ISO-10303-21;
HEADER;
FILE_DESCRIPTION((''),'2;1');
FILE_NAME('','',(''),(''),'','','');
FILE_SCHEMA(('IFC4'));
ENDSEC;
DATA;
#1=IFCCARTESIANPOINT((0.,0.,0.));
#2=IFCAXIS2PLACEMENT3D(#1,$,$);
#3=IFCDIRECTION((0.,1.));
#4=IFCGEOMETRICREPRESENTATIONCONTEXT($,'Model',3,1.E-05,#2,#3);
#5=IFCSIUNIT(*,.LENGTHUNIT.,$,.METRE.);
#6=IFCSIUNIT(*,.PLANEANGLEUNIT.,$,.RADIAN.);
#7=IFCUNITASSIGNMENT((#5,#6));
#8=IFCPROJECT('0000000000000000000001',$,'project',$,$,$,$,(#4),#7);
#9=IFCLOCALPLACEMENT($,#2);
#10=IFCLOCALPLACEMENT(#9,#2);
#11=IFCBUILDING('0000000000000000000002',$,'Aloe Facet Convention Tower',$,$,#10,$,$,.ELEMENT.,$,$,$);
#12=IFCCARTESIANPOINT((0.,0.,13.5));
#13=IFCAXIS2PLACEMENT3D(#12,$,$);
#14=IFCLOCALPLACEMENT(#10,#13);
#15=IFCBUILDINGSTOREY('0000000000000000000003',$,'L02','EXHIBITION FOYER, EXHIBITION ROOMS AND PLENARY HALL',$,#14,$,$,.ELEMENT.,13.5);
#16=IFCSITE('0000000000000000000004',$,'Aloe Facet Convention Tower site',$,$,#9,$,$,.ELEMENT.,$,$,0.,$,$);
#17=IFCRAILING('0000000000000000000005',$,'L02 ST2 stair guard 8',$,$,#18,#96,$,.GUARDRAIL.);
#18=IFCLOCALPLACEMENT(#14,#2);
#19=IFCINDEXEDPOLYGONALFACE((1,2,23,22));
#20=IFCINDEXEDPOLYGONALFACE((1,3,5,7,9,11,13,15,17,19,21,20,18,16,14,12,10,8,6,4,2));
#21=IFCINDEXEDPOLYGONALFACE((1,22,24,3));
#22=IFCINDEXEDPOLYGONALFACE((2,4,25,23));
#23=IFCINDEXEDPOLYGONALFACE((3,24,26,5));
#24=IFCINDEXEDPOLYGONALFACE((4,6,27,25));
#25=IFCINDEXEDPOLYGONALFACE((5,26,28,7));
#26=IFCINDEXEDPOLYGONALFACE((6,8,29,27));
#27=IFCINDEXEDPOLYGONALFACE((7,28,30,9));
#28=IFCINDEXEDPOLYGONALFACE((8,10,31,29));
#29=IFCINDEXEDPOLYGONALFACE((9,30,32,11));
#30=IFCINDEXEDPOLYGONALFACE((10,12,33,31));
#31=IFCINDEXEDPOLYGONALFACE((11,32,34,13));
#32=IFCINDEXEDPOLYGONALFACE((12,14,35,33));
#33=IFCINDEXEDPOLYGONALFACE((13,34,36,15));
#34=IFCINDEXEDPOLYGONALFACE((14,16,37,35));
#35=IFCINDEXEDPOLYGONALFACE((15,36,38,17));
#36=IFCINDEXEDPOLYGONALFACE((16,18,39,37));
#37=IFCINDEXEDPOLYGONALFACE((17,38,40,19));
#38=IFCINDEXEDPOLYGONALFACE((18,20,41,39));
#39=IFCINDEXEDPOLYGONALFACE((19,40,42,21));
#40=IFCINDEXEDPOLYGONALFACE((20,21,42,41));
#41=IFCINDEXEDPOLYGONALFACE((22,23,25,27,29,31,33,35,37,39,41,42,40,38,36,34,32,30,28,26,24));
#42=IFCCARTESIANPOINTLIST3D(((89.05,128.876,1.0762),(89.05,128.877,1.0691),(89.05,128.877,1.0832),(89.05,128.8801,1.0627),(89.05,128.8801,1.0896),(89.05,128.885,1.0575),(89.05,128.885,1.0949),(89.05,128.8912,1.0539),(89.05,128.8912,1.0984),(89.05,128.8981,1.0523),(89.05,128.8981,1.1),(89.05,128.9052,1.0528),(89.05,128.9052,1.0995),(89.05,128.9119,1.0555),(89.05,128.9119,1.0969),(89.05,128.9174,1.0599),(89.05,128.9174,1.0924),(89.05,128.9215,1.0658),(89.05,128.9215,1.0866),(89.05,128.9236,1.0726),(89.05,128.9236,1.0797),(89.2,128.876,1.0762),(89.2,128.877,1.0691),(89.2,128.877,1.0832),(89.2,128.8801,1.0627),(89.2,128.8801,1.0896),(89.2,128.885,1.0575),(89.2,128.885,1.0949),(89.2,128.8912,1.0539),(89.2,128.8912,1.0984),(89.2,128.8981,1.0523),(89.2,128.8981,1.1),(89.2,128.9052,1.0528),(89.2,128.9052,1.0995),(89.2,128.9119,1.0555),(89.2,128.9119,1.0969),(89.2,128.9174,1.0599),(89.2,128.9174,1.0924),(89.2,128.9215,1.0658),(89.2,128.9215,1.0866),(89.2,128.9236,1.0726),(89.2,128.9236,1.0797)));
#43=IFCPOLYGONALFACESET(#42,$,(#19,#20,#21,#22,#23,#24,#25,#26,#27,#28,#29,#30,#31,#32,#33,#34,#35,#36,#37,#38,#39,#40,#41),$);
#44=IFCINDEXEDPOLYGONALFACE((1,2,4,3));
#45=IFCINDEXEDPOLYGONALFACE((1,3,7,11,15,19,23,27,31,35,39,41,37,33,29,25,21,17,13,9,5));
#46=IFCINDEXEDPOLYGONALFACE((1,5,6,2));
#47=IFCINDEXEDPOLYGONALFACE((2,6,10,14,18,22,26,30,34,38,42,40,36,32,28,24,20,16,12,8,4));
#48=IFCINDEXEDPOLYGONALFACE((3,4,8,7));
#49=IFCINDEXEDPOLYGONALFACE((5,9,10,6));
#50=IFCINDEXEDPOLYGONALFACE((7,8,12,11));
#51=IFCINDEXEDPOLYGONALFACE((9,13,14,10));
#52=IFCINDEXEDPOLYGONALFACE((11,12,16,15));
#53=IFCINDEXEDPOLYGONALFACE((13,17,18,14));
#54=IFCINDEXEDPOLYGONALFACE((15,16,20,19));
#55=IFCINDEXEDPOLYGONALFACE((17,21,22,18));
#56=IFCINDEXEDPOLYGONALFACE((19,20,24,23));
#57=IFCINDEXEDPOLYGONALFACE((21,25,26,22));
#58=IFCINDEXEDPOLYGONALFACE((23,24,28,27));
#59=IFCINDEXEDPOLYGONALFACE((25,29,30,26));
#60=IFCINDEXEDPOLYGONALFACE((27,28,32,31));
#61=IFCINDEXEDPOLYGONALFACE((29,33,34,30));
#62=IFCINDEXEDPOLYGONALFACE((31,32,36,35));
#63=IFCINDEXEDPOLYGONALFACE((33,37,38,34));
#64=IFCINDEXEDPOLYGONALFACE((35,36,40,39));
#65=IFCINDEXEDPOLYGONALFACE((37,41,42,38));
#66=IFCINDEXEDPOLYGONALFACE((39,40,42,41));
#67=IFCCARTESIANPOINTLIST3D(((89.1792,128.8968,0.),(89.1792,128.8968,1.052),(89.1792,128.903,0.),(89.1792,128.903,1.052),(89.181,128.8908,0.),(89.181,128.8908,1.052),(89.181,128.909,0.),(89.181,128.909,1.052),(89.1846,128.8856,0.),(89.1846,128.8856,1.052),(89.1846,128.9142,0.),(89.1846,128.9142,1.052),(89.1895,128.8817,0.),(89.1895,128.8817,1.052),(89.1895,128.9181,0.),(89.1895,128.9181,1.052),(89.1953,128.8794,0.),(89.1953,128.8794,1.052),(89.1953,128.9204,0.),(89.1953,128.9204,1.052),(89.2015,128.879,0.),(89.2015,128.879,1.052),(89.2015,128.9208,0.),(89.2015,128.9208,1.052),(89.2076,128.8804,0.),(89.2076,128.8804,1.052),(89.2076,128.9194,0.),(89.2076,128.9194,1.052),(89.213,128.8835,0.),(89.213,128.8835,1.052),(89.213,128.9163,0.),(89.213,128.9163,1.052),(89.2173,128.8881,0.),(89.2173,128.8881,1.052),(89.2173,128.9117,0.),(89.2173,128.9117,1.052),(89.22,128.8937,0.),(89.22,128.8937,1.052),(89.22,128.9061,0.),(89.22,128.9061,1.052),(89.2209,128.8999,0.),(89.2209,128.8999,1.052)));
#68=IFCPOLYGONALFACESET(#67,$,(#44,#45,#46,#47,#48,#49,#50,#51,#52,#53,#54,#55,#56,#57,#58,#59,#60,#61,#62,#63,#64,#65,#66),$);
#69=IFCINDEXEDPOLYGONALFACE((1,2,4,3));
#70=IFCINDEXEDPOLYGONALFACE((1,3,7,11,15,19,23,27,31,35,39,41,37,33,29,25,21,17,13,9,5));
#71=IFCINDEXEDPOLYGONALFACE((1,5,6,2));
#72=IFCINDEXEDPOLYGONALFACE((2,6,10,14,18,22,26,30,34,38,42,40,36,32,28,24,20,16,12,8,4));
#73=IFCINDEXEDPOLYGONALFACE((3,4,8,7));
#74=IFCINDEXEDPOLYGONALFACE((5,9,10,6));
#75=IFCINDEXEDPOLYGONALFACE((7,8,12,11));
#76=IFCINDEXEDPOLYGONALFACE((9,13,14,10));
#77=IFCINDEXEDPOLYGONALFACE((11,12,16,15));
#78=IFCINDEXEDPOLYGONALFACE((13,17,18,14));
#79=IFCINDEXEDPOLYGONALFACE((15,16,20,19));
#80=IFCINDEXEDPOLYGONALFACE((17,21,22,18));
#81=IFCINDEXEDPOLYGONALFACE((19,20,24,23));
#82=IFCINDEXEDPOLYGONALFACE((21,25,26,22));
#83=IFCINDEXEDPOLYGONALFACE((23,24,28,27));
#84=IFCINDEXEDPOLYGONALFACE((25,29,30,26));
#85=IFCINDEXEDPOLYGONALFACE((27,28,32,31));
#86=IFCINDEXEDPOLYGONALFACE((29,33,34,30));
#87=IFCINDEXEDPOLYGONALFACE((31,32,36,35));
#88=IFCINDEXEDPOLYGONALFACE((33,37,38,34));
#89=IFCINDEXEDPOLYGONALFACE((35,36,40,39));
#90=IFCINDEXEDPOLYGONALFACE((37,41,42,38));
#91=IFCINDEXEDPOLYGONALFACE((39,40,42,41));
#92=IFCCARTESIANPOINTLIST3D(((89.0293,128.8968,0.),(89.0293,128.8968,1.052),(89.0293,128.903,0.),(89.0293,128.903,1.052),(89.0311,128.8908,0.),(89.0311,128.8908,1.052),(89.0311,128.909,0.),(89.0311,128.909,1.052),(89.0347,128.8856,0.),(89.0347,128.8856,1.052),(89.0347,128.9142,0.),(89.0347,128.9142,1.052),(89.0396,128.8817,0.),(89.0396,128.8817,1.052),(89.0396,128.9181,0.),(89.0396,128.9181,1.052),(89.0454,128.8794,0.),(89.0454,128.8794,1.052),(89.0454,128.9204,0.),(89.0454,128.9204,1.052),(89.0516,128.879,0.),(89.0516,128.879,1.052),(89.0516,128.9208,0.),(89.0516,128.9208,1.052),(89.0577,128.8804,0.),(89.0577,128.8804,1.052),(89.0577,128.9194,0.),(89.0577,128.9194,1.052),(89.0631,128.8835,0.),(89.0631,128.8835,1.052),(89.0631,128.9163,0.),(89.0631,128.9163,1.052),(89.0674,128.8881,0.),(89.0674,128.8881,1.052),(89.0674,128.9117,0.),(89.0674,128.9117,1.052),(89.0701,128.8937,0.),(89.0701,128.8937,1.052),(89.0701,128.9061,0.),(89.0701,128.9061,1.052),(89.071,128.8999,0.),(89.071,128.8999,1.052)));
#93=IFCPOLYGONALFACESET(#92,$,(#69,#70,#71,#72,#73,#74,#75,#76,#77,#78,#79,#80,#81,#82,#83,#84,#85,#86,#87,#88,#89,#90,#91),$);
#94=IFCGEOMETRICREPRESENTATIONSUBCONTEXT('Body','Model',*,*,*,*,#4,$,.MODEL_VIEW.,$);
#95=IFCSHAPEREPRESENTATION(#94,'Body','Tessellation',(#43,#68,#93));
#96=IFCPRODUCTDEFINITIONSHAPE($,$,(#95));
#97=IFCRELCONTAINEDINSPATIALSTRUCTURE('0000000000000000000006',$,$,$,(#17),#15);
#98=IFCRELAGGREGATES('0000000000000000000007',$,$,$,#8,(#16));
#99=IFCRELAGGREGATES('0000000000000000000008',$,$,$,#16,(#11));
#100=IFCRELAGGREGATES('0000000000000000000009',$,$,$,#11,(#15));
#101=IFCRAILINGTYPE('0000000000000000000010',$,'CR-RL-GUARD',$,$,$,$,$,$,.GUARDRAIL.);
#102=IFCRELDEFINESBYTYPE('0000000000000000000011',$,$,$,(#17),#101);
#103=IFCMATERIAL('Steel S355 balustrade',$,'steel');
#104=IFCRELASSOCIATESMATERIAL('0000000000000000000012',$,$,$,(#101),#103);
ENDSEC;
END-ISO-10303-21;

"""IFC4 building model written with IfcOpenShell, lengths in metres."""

from ifc_helpers import new_model, si_unit, direction, frame, origin, origin_2d, place, context, subcontext, project, spatial, circle, extrude, material, type_object, element, save


model = new_model("IFC4")

# Units and contexts
model_context = context("Model", 3, precision=1e-05, world=origin(), true_north=direction((0.0, 1.0)))
body_context = subcontext(model_context, "Body", "Model", "MODEL_VIEW")
ifc_project = project(units=[si_unit("LENGTHUNIT", "METRE"), si_unit("PLANEANGLEUNIT", "RADIAN")], contexts=[model_context])

# Site, building, storey
site_placement = place(None, origin())
site = spatial("IfcSite", under=ifc_project, at=site_placement, Name="Aloe Facet Convention Tower site", CompositionType="ELEMENT", RefElevation=0.0)
building_placement = place(site_placement, origin())
building = spatial("IfcBuilding", under=site, at=building_placement, Name="Aloe Facet Convention Tower", CompositionType="ELEMENT")
storey_placement = place(building_placement, frame((0.0, 0.0, 13.5)))
storey = spatial("IfcBuildingStorey", under=building, at=storey_placement, Name="L02", Description="EXHIBITION FOYER, EXHIBITION ROOMS AND PLENARY HALL", CompositionType="ELEMENT", Elevation=13.5)

# Railing
ifc_material_1 = material(Name="Steel S355 balustrade", Category="steel")
railing_type_1 = type_object("IfcRailingType", Name="CR-RL-GUARD", PredefinedType="GUARDRAIL", material=ifc_material_1)
railing_1_placement = place(storey_placement, frame((89.2, 128.8999, 0.0)))
element("IfcRailing", 1, at=railing_1_placement, inside=storey, type_object=railing_type_1, Name="L02 ST2 stair guard 8", PredefinedType="GUARDRAIL", context=body_context, shape_type="SweptSolid", body=[
    extrude(circle(Radius=0.0239, at=origin_2d()), frame((0.0, 0.0, 1.0762), z_axis=(-1.0, 0.0, 0.0), x_axis=(0.0, -1.0, 0.0)), (0.0, 0.0, 1.0), 0.1499),
    extrude(circle(Radius=0.021, at=origin_2d()), origin(), (0.0, 0.0, 1.0), 1.052),
    extrude(circle(Radius=0.021, at=origin_2d()), frame((-0.1499, 0.0, 0.0)), (0.0, 0.0, 1.0), 1.052),
])

save(model, "model.ifc")
